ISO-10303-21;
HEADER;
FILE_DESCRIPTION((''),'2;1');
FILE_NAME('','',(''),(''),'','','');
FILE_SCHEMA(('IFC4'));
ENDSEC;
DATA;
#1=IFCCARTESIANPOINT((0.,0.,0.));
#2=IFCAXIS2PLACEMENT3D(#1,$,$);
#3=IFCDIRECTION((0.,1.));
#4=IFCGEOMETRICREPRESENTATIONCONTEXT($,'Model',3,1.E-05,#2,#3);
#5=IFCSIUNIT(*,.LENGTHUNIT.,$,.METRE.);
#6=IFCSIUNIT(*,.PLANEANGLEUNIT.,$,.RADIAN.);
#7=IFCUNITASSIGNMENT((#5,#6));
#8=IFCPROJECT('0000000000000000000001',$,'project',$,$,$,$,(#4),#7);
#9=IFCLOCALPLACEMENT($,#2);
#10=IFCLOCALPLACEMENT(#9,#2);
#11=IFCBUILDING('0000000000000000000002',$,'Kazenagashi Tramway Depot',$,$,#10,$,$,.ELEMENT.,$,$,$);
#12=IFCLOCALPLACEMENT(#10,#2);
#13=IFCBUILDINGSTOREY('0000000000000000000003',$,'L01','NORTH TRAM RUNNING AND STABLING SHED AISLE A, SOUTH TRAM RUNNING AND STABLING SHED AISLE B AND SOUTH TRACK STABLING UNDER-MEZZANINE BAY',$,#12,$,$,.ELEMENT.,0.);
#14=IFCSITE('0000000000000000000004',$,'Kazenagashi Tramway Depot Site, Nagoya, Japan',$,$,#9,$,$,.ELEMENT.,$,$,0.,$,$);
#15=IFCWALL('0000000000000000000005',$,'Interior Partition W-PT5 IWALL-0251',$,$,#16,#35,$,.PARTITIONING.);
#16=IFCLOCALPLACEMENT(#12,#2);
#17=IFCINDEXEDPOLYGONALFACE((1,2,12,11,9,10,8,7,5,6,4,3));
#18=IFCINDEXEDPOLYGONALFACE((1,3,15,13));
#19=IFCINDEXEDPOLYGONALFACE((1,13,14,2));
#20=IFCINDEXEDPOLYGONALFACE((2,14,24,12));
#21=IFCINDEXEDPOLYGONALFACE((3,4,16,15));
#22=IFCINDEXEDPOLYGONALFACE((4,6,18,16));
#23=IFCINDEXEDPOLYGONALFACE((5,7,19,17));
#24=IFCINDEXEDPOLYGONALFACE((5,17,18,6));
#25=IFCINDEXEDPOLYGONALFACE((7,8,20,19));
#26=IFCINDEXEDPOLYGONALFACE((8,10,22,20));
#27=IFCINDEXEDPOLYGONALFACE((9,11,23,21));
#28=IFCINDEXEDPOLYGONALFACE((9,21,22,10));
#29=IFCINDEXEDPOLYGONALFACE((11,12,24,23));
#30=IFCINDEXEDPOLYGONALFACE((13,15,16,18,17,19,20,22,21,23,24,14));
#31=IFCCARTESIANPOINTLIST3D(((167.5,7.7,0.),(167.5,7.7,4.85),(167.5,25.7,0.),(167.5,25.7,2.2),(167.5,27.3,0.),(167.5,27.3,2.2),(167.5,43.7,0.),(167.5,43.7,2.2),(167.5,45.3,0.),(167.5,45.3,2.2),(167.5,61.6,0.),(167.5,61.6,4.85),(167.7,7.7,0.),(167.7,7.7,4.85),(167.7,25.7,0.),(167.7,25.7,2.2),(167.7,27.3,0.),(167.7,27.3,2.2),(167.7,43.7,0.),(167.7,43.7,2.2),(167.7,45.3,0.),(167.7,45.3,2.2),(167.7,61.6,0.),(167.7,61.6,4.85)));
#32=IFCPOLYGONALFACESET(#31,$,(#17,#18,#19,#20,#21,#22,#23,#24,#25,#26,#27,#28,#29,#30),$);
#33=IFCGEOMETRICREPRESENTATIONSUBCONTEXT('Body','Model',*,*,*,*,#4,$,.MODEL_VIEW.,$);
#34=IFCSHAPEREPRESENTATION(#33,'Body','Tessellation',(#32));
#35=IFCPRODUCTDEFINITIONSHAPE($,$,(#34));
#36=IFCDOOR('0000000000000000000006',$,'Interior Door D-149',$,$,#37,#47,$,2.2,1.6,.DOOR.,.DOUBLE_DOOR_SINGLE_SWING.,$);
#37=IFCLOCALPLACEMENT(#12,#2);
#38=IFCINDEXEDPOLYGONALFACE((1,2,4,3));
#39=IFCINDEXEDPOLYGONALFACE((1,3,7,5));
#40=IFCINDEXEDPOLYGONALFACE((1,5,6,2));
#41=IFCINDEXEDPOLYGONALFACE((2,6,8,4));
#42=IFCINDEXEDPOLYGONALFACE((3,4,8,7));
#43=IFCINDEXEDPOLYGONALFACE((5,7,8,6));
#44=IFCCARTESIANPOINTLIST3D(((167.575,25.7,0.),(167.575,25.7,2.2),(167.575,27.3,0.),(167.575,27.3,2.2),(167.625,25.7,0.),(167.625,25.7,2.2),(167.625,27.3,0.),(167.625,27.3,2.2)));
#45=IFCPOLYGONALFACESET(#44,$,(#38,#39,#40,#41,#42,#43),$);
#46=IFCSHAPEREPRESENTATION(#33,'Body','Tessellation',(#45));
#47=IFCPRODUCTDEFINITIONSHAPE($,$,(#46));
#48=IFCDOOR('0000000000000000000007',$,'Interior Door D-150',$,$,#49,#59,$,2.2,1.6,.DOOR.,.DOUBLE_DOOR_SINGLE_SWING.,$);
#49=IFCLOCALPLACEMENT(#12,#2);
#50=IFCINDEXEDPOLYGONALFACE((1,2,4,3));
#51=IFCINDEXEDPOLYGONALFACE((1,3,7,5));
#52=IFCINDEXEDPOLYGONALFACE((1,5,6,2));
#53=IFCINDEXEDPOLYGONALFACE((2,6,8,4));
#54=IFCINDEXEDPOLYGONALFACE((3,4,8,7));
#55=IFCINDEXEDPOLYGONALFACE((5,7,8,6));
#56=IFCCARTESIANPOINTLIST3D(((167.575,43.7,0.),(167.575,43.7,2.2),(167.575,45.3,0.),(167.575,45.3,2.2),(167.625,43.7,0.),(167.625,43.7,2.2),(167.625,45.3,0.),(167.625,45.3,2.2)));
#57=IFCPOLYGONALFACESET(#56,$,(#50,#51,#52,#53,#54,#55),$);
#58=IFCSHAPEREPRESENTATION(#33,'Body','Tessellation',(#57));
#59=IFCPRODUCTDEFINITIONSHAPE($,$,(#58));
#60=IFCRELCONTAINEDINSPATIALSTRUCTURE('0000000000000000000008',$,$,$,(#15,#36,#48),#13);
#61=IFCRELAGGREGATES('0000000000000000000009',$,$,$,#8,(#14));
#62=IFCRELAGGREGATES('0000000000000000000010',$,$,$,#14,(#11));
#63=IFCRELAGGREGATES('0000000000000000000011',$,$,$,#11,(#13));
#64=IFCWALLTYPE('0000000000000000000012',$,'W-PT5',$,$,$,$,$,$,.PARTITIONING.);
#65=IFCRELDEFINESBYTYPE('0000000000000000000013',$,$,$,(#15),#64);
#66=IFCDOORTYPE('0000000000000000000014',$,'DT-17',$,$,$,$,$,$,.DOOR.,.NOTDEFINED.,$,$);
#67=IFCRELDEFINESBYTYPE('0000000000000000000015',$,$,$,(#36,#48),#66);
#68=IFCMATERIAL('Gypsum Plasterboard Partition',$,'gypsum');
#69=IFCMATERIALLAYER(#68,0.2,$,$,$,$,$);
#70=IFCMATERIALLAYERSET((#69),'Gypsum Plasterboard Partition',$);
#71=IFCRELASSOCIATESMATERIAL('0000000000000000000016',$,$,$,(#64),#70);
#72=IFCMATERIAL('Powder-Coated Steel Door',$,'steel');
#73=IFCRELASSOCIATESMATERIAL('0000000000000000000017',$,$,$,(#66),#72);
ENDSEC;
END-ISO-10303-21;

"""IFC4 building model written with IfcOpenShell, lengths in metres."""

from ifc_helpers import new_model, si_unit, direction, frame, frame_2d, origin, place, context, subcontext, project, spatial, rectangle, extrude, material, layer, layer_set, type_object, element, fill, save


model = new_model("IFC4")

# Units and contexts
model_context = context("Model", 3, precision=1e-05, world=origin(), true_north=direction((0.0, 1.0)))
body_context = subcontext(model_context, "Body", "Model", "MODEL_VIEW")
ifc_project = project(units=[si_unit("LENGTHUNIT", "METRE"), si_unit("PLANEANGLEUNIT", "RADIAN")], contexts=[model_context])

# Site, building, storey
site_placement = place(None, origin())
site = spatial("IfcSite", under=ifc_project, at=site_placement, Name="Kazenagashi Tramway Depot Site, Nagoya, Japan", CompositionType="ELEMENT", RefElevation=0.0)
building_placement = place(site_placement, origin())
building = spatial("IfcBuilding", under=site, at=building_placement, Name="Kazenagashi Tramway Depot", CompositionType="ELEMENT")
storey_placement = place(building_placement, origin())
storey = spatial("IfcBuildingStorey", under=building, at=storey_placement, Name="L01", Description="NORTH TRAM RUNNING AND STABLING SHED AISLE A, SOUTH TRAM RUNNING AND STABLING SHED AISLE B AND SOUTH TRACK STABLING UNDER-MEZZANINE BAY", CompositionType="ELEMENT", Elevation=0.0)

# Wall, openings, doors
ifc_material_1 = material(Name="Gypsum Plasterboard Partition", Category="gypsum")
ifc_layer_1 = layer(ifc_material_1, 0.2)
ifc_layer_set_1 = layer_set([ifc_layer_1], Name="Gypsum Plasterboard Partition")
wall_type_1 = type_object("IfcWallType", Name="W-PT5", PredefinedType="PARTITIONING", material=ifc_layer_set_1)
wall_1_placement = place(storey_placement, frame((167.6, 7.7, 0.0), z_axis=(0.0, 0.0, 1.0), x_axis=(0.0, 1.0, 0.0)))
wall_1 = element("IfcWall", 1, at=wall_1_placement, inside=storey, type_object=wall_type_1, Name="Interior Partition W-PT5 IWALL-0251", PredefinedType="PARTITIONING", context=body_context, shape_type="SweptSolid", body=[
    extrude(rectangle(XDim=53.9, YDim=0.2, at=frame_2d((26.95, 0.0))), origin(), (0.0, 0.0, 1.0), 4.85),
])
opening_1_placement = place(wall_1_placement, frame((18.0, 0.0, 0.0)))
opening_1 = element("IfcOpeningElement", 2, at=opening_1_placement, cuts=wall_1, PredefinedType="OPENING", context=body_context, shape_type="SweptSolid", body=[
    extrude(rectangle(XDim=1.6, YDim=2.2, at=frame_2d((0.8, 1.1))), frame((0.0, 0.11, 0.0), z_axis=(0.0, -1.0, 0.0), x_axis=(1.0, 0.0, 0.0)), (0.0, 0.0, 1.0), 0.22),
])
opening_2_placement = place(wall_1_placement, frame((36.0, 0.0, 0.0)))
opening_2 = element("IfcOpeningElement", 3, at=opening_2_placement, cuts=wall_1, PredefinedType="OPENING", context=body_context, shape_type="SweptSolid", body=[
    extrude(rectangle(XDim=1.6, YDim=2.2, at=frame_2d((0.8, 1.1))), frame((0.0, 0.11, 0.0), z_axis=(0.0, -1.0, 0.0), x_axis=(1.0, 0.0, 0.0)), (0.0, 0.0, 1.0), 0.22),
])
ifc_material_2 = material(Name="Powder-Coated Steel Door", Category="steel")
door_type_1 = type_object("IfcDoorType", Name="DT-17", OperationType="NOTDEFINED", PredefinedType="DOOR", material=ifc_material_2)
door_1_placement = place(opening_1_placement, origin())
door_1 = element("IfcDoor", 4, at=door_1_placement, inside=storey, type_object=door_type_1, Name="Interior Door D-149", OperationType="DOUBLE_DOOR_SINGLE_SWING", OverallHeight=2.2, OverallWidth=1.6, PredefinedType="DOOR", context=body_context, shape_type="SweptSolid", body=[
    extrude(rectangle(XDim=1.6, YDim=2.2, at=frame_2d((0.8, 1.1))), frame((0.0, 0.025, 0.0), z_axis=(0.0, -1.0, 0.0), x_axis=(1.0, 0.0, 0.0)), (0.0, 0.0, 1.0), 0.05),
])
fill(opening_1, door_1)
door_2_placement = place(opening_2_placement, origin())
door_2 = element("IfcDoor", 5, at=door_2_placement, inside=storey, type_object=door_type_1, Name="Interior Door D-150", OperationType="DOUBLE_DOOR_SINGLE_SWING", OverallHeight=2.2, OverallWidth=1.6, PredefinedType="DOOR", context=body_context, shape_type="SweptSolid", body=[
    extrude(rectangle(XDim=1.6, YDim=2.2, at=frame_2d((0.8, 1.1))), frame((0.0, 0.025, 0.0), z_axis=(0.0, -1.0, 0.0), x_axis=(1.0, 0.0, 0.0)), (0.0, 0.0, 1.0), 0.05),
])
fill(opening_2, door_2)

save(model, "model.ifc")
